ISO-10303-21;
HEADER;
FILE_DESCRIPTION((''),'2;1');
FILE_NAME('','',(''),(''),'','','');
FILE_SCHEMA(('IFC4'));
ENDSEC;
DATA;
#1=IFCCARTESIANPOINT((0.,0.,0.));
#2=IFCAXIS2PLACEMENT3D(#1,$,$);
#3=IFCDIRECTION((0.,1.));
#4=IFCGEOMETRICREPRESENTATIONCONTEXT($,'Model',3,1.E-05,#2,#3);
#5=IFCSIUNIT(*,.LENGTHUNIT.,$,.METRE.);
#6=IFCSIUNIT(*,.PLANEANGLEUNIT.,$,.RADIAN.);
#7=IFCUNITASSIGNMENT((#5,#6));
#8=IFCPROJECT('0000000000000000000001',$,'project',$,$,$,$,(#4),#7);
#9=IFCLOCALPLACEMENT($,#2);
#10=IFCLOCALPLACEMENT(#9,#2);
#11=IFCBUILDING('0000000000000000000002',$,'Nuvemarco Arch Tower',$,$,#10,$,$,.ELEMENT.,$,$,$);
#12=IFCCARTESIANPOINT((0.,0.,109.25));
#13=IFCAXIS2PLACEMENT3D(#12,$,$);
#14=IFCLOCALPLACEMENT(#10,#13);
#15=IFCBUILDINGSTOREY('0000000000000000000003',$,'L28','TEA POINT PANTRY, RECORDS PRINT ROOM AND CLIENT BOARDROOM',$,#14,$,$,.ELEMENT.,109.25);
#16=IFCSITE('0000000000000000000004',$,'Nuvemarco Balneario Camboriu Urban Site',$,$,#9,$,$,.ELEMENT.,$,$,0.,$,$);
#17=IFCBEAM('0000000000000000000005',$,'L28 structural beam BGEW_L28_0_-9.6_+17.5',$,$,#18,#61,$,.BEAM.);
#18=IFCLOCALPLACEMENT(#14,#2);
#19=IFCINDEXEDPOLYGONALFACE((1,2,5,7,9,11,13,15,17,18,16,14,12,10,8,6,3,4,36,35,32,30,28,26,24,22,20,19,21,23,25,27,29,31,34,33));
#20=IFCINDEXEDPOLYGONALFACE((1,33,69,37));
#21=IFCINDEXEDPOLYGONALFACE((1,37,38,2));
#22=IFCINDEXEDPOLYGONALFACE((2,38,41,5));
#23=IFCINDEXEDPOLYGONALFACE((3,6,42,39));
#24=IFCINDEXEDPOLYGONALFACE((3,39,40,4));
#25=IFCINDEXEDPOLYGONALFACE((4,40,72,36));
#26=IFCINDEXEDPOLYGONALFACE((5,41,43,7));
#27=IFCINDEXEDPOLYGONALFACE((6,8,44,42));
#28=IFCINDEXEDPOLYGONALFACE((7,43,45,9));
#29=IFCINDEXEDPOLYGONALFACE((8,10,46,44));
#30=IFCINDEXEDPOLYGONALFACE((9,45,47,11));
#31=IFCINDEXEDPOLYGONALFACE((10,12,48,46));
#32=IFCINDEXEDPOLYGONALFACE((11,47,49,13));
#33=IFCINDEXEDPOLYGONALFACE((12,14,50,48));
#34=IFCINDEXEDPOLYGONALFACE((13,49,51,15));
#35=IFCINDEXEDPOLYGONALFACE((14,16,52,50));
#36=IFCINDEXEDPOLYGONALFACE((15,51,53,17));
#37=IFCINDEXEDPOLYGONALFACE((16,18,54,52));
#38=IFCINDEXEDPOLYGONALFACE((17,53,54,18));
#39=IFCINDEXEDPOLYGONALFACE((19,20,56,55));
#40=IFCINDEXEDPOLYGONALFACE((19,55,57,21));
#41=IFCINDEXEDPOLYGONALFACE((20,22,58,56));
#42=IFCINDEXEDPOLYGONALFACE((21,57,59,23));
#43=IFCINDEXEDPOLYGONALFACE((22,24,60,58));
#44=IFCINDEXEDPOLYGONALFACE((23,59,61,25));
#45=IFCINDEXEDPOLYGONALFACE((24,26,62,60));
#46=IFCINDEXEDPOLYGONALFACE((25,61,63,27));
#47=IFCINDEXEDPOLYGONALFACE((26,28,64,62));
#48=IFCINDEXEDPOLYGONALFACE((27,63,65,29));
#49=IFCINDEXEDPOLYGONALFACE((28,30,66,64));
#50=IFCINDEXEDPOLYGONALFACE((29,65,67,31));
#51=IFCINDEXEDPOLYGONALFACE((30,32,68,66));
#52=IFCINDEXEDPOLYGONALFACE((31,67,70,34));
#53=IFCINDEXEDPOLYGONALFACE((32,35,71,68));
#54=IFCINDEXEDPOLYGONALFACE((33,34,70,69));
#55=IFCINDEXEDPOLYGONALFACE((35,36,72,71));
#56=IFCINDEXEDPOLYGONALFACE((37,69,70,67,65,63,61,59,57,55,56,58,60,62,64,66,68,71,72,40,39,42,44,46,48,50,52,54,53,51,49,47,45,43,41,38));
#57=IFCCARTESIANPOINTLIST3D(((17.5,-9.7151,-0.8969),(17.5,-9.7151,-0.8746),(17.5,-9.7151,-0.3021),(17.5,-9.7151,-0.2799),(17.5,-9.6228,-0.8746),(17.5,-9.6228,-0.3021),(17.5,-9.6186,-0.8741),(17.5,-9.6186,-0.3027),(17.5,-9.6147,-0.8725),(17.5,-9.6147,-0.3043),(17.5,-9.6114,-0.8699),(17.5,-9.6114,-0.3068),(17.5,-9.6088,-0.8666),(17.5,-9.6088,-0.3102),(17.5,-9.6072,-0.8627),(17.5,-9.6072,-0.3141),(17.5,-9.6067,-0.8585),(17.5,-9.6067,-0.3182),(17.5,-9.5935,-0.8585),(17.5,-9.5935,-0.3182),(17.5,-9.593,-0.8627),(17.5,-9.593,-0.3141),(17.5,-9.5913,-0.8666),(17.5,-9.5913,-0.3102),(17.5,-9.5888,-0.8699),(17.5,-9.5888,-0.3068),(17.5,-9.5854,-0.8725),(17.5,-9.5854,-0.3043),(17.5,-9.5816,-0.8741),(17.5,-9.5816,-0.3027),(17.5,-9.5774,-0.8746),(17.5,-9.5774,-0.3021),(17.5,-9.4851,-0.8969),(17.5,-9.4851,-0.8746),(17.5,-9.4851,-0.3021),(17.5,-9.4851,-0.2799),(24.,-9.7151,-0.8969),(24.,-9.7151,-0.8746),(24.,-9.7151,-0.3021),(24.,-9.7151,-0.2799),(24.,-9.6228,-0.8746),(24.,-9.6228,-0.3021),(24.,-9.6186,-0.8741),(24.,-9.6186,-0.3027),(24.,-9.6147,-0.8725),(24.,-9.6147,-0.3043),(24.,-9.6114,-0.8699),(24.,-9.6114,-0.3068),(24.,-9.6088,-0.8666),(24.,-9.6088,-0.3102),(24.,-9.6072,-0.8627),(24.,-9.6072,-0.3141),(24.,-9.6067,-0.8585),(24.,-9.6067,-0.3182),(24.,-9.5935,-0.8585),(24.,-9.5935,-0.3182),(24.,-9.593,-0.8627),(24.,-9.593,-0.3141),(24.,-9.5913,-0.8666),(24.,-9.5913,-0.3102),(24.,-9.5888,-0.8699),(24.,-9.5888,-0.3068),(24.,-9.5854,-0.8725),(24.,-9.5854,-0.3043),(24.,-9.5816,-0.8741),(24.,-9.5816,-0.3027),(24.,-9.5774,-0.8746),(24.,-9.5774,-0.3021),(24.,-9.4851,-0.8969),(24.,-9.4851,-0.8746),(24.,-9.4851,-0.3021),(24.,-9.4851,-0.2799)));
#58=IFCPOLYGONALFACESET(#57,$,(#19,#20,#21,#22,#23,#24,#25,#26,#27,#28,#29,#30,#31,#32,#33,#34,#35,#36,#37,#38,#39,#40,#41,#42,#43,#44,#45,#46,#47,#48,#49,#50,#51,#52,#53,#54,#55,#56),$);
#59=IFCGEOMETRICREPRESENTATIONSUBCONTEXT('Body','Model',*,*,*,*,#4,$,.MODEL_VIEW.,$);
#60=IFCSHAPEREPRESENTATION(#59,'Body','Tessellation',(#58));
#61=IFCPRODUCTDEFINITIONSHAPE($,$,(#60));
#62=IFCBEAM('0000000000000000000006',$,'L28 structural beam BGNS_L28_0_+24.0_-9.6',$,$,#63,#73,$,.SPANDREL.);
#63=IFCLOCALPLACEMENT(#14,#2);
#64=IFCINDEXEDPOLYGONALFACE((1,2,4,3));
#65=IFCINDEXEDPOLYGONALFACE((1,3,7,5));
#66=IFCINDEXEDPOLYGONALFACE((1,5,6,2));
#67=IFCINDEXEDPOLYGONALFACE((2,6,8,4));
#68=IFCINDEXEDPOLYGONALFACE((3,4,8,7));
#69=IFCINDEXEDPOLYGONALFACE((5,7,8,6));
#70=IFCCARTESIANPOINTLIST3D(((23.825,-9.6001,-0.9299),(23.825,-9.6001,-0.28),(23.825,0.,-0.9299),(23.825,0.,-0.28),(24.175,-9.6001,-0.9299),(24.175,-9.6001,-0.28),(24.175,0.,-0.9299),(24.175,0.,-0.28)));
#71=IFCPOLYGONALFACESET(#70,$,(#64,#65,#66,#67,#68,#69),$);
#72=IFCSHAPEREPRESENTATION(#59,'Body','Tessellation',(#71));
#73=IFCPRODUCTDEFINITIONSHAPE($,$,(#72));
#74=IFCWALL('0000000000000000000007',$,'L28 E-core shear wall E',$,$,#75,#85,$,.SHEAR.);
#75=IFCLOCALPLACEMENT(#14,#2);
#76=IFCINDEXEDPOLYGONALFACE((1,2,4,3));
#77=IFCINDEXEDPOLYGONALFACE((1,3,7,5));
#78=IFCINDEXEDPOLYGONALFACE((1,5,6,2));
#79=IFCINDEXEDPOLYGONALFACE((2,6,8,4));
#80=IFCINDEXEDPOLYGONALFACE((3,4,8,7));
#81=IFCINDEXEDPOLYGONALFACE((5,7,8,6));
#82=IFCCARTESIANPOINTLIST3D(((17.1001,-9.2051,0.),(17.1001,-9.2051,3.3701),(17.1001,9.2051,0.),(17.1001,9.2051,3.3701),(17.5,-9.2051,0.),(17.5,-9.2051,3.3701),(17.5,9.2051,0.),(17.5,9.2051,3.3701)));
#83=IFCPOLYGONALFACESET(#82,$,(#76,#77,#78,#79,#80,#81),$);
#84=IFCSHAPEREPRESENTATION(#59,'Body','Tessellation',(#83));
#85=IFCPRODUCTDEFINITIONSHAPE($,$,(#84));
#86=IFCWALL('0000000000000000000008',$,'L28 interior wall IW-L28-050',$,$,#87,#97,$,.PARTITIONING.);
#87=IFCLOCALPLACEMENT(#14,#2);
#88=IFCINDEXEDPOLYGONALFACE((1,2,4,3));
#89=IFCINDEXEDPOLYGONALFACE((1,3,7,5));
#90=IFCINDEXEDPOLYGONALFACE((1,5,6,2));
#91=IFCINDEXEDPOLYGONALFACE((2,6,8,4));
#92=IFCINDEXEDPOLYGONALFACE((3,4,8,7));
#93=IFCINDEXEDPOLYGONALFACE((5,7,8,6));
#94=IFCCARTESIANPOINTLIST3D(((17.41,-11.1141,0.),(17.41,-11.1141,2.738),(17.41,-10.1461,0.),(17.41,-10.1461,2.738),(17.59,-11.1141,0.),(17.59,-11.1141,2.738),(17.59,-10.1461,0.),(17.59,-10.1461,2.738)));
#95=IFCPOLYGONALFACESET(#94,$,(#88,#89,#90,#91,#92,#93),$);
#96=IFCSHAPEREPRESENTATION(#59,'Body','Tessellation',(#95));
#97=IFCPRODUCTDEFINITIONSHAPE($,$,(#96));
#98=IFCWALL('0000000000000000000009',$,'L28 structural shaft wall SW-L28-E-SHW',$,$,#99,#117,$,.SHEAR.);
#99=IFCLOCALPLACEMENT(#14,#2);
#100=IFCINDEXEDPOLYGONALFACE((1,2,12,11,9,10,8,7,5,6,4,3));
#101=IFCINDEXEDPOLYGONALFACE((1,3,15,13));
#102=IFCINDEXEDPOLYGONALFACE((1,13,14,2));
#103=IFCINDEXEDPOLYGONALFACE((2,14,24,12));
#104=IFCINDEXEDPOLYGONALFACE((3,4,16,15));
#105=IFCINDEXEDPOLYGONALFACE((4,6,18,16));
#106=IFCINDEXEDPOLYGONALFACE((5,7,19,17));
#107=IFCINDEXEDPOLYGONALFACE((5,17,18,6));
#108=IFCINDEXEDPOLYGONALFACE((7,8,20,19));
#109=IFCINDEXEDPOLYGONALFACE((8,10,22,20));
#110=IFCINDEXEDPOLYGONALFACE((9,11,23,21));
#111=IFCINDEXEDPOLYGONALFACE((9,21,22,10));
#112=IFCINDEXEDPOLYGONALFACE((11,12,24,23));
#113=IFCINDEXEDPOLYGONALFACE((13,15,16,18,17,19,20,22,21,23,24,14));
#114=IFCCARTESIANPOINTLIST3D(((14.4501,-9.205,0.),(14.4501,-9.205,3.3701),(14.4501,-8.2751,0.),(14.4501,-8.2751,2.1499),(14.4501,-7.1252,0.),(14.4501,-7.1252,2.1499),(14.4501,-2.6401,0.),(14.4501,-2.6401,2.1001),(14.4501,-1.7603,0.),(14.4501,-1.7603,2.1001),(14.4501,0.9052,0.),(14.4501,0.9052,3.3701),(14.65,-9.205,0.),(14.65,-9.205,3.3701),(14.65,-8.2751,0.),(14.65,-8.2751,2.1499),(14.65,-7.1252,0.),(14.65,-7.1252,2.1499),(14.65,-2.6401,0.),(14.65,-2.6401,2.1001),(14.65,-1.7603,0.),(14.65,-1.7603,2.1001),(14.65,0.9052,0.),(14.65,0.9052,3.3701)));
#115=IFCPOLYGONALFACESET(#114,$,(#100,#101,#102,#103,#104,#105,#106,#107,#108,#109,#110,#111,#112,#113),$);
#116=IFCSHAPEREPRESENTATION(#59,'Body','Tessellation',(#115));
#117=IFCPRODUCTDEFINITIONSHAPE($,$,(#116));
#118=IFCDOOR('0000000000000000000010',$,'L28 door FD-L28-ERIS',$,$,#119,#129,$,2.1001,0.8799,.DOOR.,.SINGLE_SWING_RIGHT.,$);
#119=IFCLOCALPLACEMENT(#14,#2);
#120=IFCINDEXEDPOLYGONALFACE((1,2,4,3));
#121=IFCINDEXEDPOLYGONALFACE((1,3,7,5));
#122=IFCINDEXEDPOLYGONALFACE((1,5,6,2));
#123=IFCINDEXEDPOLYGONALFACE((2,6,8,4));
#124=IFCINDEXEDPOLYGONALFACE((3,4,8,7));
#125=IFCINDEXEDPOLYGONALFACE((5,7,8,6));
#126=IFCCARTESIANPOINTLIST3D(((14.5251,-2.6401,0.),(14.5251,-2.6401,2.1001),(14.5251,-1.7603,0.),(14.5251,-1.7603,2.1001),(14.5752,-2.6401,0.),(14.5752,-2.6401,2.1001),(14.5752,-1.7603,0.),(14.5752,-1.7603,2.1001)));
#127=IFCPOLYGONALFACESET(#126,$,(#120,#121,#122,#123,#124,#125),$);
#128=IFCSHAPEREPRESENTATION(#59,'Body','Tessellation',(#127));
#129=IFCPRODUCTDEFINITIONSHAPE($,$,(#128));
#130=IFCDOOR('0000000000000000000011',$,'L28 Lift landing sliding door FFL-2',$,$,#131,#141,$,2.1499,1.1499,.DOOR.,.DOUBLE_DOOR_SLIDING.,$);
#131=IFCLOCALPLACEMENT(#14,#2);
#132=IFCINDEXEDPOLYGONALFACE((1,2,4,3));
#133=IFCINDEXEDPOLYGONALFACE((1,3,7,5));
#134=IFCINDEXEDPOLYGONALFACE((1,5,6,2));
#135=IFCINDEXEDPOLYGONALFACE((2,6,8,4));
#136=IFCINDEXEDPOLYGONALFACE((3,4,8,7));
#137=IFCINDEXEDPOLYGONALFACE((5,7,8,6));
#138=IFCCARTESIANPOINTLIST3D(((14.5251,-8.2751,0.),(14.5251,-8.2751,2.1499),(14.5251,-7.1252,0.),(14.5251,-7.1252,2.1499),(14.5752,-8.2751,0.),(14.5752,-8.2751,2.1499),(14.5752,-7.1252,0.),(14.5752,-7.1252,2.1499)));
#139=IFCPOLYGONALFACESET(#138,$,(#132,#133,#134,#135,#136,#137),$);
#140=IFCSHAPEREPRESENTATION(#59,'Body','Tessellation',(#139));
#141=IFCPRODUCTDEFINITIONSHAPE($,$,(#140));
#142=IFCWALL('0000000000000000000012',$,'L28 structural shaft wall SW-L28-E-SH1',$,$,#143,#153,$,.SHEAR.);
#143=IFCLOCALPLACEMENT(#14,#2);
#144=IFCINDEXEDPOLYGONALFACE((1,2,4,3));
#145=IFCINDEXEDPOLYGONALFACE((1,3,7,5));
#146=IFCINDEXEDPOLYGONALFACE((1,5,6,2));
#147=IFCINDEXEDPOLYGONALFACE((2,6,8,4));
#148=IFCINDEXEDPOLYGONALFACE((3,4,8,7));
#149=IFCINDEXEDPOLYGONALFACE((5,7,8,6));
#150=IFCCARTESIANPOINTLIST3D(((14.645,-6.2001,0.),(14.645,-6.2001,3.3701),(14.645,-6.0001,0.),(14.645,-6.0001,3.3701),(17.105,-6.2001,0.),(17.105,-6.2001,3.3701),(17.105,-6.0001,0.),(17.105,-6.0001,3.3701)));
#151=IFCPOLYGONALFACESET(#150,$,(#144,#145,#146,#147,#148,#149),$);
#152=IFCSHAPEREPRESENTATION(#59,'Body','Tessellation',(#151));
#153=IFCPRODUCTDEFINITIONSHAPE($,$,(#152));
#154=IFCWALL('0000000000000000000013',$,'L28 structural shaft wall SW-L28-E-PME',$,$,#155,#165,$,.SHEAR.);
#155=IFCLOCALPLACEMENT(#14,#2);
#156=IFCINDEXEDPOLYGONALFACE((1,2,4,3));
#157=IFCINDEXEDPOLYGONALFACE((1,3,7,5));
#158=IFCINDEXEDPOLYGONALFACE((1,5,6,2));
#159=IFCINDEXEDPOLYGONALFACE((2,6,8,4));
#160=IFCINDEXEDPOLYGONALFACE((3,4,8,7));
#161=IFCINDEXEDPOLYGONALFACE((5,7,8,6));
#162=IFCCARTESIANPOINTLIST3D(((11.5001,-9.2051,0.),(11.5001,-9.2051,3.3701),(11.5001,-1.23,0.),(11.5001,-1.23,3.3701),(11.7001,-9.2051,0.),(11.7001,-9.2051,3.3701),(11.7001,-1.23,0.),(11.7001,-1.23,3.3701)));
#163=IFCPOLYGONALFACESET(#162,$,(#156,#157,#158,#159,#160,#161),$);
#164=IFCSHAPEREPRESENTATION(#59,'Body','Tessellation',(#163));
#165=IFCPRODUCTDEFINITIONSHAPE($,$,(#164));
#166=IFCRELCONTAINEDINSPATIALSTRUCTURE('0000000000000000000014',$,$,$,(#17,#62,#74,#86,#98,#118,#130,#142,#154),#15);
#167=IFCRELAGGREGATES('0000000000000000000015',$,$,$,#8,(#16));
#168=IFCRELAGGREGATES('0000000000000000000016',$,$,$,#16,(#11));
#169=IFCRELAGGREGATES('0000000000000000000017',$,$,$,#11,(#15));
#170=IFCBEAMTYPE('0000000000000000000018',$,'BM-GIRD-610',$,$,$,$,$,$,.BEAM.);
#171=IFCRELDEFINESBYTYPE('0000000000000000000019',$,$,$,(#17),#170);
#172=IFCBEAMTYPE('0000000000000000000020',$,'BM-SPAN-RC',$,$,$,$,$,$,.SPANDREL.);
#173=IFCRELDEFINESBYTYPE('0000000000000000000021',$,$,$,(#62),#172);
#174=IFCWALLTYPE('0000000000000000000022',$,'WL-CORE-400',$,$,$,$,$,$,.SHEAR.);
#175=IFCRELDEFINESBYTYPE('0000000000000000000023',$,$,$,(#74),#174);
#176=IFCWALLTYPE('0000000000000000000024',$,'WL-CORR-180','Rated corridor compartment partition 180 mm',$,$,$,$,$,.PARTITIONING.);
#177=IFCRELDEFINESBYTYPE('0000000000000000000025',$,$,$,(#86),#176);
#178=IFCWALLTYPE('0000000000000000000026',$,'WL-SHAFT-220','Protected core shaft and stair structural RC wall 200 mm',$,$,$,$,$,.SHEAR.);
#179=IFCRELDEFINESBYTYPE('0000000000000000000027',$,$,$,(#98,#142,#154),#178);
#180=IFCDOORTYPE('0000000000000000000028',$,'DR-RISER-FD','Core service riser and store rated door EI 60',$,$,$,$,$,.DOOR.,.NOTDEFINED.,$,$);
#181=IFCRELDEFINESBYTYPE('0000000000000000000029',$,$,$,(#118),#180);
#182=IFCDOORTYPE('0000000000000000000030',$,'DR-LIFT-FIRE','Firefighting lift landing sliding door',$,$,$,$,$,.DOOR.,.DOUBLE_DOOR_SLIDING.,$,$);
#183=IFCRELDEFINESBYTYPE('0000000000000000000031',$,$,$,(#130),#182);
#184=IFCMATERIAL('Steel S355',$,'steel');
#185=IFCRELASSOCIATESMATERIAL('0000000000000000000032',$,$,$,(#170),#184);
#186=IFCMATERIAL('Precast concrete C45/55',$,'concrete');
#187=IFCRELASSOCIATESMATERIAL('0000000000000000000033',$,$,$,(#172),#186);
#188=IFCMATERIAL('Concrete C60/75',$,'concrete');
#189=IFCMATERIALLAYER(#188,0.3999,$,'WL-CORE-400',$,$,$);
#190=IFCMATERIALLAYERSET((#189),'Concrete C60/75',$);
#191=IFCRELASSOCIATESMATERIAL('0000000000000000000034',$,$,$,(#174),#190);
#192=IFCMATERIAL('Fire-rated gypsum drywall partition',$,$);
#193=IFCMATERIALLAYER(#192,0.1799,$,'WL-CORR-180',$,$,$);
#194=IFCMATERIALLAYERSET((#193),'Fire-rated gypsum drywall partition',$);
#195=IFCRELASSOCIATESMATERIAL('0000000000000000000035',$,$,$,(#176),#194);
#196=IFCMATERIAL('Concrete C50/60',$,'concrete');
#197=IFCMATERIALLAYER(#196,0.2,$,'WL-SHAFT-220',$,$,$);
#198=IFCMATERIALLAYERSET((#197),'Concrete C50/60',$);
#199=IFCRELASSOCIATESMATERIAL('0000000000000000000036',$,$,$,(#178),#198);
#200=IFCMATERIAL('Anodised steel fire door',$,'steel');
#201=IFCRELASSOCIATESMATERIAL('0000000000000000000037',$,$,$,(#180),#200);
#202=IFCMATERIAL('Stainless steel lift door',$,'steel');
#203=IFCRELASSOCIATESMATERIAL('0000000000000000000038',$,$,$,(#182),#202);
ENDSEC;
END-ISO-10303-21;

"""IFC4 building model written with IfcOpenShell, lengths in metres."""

from ifc_helpers import new_model, si_unit, direction, frame, frame_2d, origin, origin_2d, place, context, subcontext, project, spatial, rectangle, i_section, extrude, source, transform, mapped, material, layer, layer_set, material_profile, profile_set, type_object, type_shapes, element, fill, save


model = new_model("IFC4")

# Units and contexts
model_context = context("Model", 3, precision=1e-05, world=origin(), true_north=direction((0.0, 1.0)))
body_context = subcontext(model_context, "Body", "Model", "MODEL_VIEW")
ifc_project = project(units=[si_unit("LENGTHUNIT", "METRE"), si_unit("PLANEANGLEUNIT", "RADIAN")], contexts=[model_context])

# Site, building, storey
site_placement = place(None, origin())
site = spatial("IfcSite", under=ifc_project, at=site_placement, Name="Nuvemarco Balneario Camboriu Urban Site", CompositionType="ELEMENT", RefElevation=0.0)
building_placement = place(site_placement, origin())
building = spatial("IfcBuilding", under=site, at=building_placement, Name="Nuvemarco Arch Tower", CompositionType="ELEMENT")
storey_placement = place(building_placement, frame((0.0, 0.0, 109.25)))
storey = spatial("IfcBuildingStorey", under=building, at=storey_placement, Name="L28", Description="TEA POINT PANTRY, RECORDS PRINT ROOM AND CLIENT BOARDROOM", CompositionType="ELEMENT", Elevation=109.25)

# Shared definitions
ifc_material_1 = material(Name="Concrete C60/75", Category="concrete")
ifc_material_2 = material(Name="Steel S355", Category="steel")

# Beams
ifc_material_profile_1 = material_profile(ifc_material_2, i_section(OverallWidth=0.23, OverallDepth=0.6169, WebThickness=0.0132, FlangeThickness=0.0222, FilletRadius=0.0161, at=origin_2d()), Name="W610x140")
ifc_profile_set_1 = profile_set([ifc_material_profile_1], Name="Steel S355")
beam_type_1 = type_object("IfcBeamType", Name="BM-GIRD-610", PredefinedType="BEAM", material=ifc_profile_set_1)
beam_1_placement = place(storey_placement, frame((17.5, -9.6001, -0.5884), z_axis=(1.0, 0.0, 0.0), x_axis=(0.0, 1.0, 0.0)))
element("IfcBeam", 1, at=beam_1_placement, inside=storey, type_object=beam_type_1, Name="L28 structural beam BGEW_L28_0_-9.6_+17.5", PredefinedType="BEAM", context=body_context, shape_type="SweptSolid", body=[
    extrude(i_section(OverallWidth=0.23, OverallDepth=0.6169, WebThickness=0.0132, FlangeThickness=0.0222, FilletRadius=0.0161, at=origin_2d()), origin(), (0.0, 0.0, 1.0), 6.5),
])
ifc_material_3 = material(Name="Precast concrete C45/55", Category="concrete")
ifc_material_profile_2 = material_profile(ifc_material_3, rectangle(XDim=0.3501, YDim=0.6499, at=origin_2d()), Name="PC-SP-350x650")
ifc_profile_set_2 = profile_set([ifc_material_profile_2], Name="Precast concrete C45/55")
beam_type_2 = type_object("IfcBeamType", Name="BM-SPAN-RC", PredefinedType="SPANDREL", material=ifc_profile_set_2)
beam_2_placement = place(storey_placement, frame((24.0, -9.6001, -0.605), z_axis=(0.0, 1.0, 0.0), x_axis=(-1.0, 0.0, 0.0)))
element("IfcBeam", 2, at=beam_2_placement, inside=storey, type_object=beam_type_2, Name="L28 structural beam BGNS_L28_0_+24.0_-9.6", PredefinedType="SPANDREL", context=body_context, shape_type="SweptSolid", body=[
    extrude(rectangle(XDim=0.3501, YDim=0.6499, at=origin_2d()), origin(), (0.0, 0.0, 1.0), 9.6001),
])

# Walls
ifc_layer_1 = layer(ifc_material_1, 0.3999, Name="WL-CORE-400")
ifc_layer_set_1 = layer_set([ifc_layer_1], Name="Concrete C60/75")
wall_type_1 = type_object("IfcWallType", Name="WL-CORE-400", PredefinedType="SHEAR", material=ifc_layer_set_1)
wall_1_placement = place(storey_placement, frame((17.3, -9.2051, 0.0), z_axis=(0.0, 0.0, 1.0), x_axis=(0.0, 1.0, 0.0)))
element("IfcWall", 3, at=wall_1_placement, inside=storey, type_object=wall_type_1, Name="L28 E-core shear wall E", PredefinedType="SHEAR", context=body_context, shape_type="SweptSolid", body=[
    extrude(rectangle(XDim=18.4102, YDim=0.3999, at=frame_2d((9.2051, 0.0))), origin(), (0.0, 0.0, 1.0), 3.3701),
])
ifc_material_4 = material(Name="Fire-rated gypsum drywall partition")
ifc_layer_2 = layer(ifc_material_4, 0.1799, Name="WL-CORR-180")
ifc_layer_set_2 = layer_set([ifc_layer_2], Name="Fire-rated gypsum drywall partition")
wall_type_2 = type_object("IfcWallType", Name="WL-CORR-180", Description="Rated corridor compartment partition 180 mm", PredefinedType="PARTITIONING", material=ifc_layer_set_2)
wall_2_placement = place(storey_placement, frame((17.5, -11.114, 0.0), z_axis=(0.0, 0.0, 1.0), x_axis=(0.0, 1.0, 0.0)))
element("IfcWall", 4, at=wall_2_placement, inside=storey, type_object=wall_type_2, Name="L28 interior wall IW-L28-050", PredefinedType="PARTITIONING", context=body_context, shape_type="SweptSolid", body=[
    extrude(rectangle(XDim=0.968, YDim=0.1799, at=frame_2d((0.4839, 0.0))), origin(), (0.0, 0.0, 1.0), 2.738),
])

# Wall, openings, doors
ifc_material_5 = material(Name="Concrete C50/60", Category="concrete")
ifc_layer_3 = layer(ifc_material_5, 0.2, Name="WL-SHAFT-220")
ifc_layer_set_3 = layer_set([ifc_layer_3], Name="Concrete C50/60")
wall_type_3 = type_object("IfcWallType", Name="WL-SHAFT-220", Description="Protected core shaft and stair structural RC wall 200 mm", PredefinedType="SHEAR", material=ifc_layer_set_3)
wall_3_placement = place(storey_placement, frame((14.55, -9.2051, 0.0), z_axis=(0.0, 0.0, 1.0), x_axis=(0.0, 1.0, 0.0)))
wall_3 = element("IfcWall", 5, at=wall_3_placement, inside=storey, type_object=wall_type_3, Name="L28 structural shaft wall SW-L28-E-SHW", PredefinedType="SHEAR", context=body_context, shape_type="SweptSolid", body=[
    extrude(rectangle(XDim=10.1101, YDim=0.2, at=frame_2d((5.0552, 0.0))), origin(), (0.0, 0.0, 1.0), 3.3701),
])
opening_1_placement = place(wall_3_placement, frame((6.5649, 0.0, 0.0)))
opening_1 = element("IfcOpeningElement", 6, at=opening_1_placement, cuts=wall_3, PredefinedType="OPENING", context=body_context, shape_type="SweptSolid", body=[
    extrude(rectangle(XDim=0.8799, YDim=2.1001, at=frame_2d((0.4399, 1.05))), frame((0.0, 0.1099, 0.0), z_axis=(0.0, -1.0, 0.0), x_axis=(1.0, 0.0, 0.0)), (0.0, 0.0, 1.0), 0.22),
])
opening_2_placement = place(wall_3_placement, frame((0.9299, 0.0, 0.0)))
opening_2 = element("IfcOpeningElement", 7, at=opening_2_placement, cuts=wall_3, PredefinedType="OPENING", context=body_context, shape_type="SweptSolid", body=[
    extrude(rectangle(XDim=1.1499, YDim=2.1499, at=frame_2d((0.575, 1.075))), frame((0.0, 0.1099, 0.0), z_axis=(0.0, -1.0, 0.0), x_axis=(1.0, 0.0, 0.0)), (0.0, 0.0, 1.0), 0.22),
])
ifc_material_6 = material(Name="Anodised steel fire door", Category="steel")
door_type_1 = type_object("IfcDoorType", Name="DR-RISER-FD", Description="Core service riser and store rated door EI 60", OperationType="NOTDEFINED", PredefinedType="DOOR", material=ifc_material_6)
shared_shape_1 = source(origin(), body_context, "Body", "SweptSolid", [
    extrude(rectangle(XDim=0.8799, YDim=2.1001, at=frame_2d((0.4399, 1.05))), frame((0.0, 0.0249, 0.0), z_axis=(0.0, -1.0, 0.0), x_axis=(1.0, 0.0, 0.0)), (0.0, 0.0, 1.0), 0.05),
])
type_shapes(door_type_1, [shared_shape_1])
door_1_placement = place(opening_1_placement, origin())
door_1 = element("IfcDoor", 8, at=door_1_placement, inside=storey, type_object=door_type_1, Name="L28 door FD-L28-ERIS", OperationType="SINGLE_SWING_RIGHT", OverallHeight=2.1001, OverallWidth=0.8799, PredefinedType="DOOR", context=body_context, shape_type="MappedRepresentation", body=[
    mapped(shared_shape_1, transform((0.0, 0.0, 0.0), scale=1.0)),
])
fill(opening_1, door_1)
ifc_material_7 = material(Name="Stainless steel lift door", Category="steel")
door_type_2 = type_object("IfcDoorType", Name="DR-LIFT-FIRE", Description="Firefighting lift landing sliding door", OperationType="DOUBLE_DOOR_SLIDING", PredefinedType="DOOR", material=ifc_material_7)
shared_shape_2 = source(origin(), body_context, "Body", "SweptSolid", [
    extrude(rectangle(XDim=1.1499, YDim=2.1499, at=frame_2d((0.575, 1.075))), frame((0.0, 0.0249, 0.0), z_axis=(0.0, -1.0, 0.0), x_axis=(1.0, 0.0, 0.0)), (0.0, 0.0, 1.0), 0.05),
])
type_shapes(door_type_2, [shared_shape_2])
door_2_placement = place(opening_2_placement, origin())
door_2 = element("IfcDoor", 9, at=door_2_placement, inside=storey, type_object=door_type_2, Name="L28 Lift landing sliding door FFL-2", OperationType="DOUBLE_DOOR_SLIDING", OverallHeight=2.1499, OverallWidth=1.1499, PredefinedType="DOOR", context=body_context, shape_type="MappedRepresentation", body=[
    mapped(shared_shape_2, transform((0.0, 0.0, 0.0), scale=1.0)),
])
fill(opening_2, door_2)

# Walls
wall_4_placement = place(storey_placement, frame((14.645, -6.1001, 0.0), z_axis=(0.0, 0.0, 1.0), x_axis=(1.0, 0.0, 0.0)))
element("IfcWall", 10, at=wall_4_placement, inside=storey, type_object=wall_type_3, Name="L28 structural shaft wall SW-L28-E-SH1", PredefinedType="SHEAR", context=body_context, shape_type="SweptSolid", body=[
    extrude(rectangle(XDim=2.46, YDim=0.2, at=frame_2d((1.23, 0.0))), origin(), (0.0, 0.0, 1.0), 3.3701),
])
wall_5_placement = place(storey_placement, frame((11.6001, -9.2051, 0.0), z_axis=(0.0, 0.0, 1.0), x_axis=(0.0, 1.0, 0.0)))
element("IfcWall", 11, at=wall_5_placement, inside=storey, type_object=wall_type_3, Name="L28 structural shaft wall SW-L28-E-PME", PredefinedType="SHEAR", context=body_context, shape_type="SweptSolid", body=[
    extrude(rectangle(XDim=7.9751, YDim=0.2, at=frame_2d((3.9875, 0.0))), origin(), (0.0, 0.0, 1.0), 3.3701),
])

save(model, "model.ifc")
